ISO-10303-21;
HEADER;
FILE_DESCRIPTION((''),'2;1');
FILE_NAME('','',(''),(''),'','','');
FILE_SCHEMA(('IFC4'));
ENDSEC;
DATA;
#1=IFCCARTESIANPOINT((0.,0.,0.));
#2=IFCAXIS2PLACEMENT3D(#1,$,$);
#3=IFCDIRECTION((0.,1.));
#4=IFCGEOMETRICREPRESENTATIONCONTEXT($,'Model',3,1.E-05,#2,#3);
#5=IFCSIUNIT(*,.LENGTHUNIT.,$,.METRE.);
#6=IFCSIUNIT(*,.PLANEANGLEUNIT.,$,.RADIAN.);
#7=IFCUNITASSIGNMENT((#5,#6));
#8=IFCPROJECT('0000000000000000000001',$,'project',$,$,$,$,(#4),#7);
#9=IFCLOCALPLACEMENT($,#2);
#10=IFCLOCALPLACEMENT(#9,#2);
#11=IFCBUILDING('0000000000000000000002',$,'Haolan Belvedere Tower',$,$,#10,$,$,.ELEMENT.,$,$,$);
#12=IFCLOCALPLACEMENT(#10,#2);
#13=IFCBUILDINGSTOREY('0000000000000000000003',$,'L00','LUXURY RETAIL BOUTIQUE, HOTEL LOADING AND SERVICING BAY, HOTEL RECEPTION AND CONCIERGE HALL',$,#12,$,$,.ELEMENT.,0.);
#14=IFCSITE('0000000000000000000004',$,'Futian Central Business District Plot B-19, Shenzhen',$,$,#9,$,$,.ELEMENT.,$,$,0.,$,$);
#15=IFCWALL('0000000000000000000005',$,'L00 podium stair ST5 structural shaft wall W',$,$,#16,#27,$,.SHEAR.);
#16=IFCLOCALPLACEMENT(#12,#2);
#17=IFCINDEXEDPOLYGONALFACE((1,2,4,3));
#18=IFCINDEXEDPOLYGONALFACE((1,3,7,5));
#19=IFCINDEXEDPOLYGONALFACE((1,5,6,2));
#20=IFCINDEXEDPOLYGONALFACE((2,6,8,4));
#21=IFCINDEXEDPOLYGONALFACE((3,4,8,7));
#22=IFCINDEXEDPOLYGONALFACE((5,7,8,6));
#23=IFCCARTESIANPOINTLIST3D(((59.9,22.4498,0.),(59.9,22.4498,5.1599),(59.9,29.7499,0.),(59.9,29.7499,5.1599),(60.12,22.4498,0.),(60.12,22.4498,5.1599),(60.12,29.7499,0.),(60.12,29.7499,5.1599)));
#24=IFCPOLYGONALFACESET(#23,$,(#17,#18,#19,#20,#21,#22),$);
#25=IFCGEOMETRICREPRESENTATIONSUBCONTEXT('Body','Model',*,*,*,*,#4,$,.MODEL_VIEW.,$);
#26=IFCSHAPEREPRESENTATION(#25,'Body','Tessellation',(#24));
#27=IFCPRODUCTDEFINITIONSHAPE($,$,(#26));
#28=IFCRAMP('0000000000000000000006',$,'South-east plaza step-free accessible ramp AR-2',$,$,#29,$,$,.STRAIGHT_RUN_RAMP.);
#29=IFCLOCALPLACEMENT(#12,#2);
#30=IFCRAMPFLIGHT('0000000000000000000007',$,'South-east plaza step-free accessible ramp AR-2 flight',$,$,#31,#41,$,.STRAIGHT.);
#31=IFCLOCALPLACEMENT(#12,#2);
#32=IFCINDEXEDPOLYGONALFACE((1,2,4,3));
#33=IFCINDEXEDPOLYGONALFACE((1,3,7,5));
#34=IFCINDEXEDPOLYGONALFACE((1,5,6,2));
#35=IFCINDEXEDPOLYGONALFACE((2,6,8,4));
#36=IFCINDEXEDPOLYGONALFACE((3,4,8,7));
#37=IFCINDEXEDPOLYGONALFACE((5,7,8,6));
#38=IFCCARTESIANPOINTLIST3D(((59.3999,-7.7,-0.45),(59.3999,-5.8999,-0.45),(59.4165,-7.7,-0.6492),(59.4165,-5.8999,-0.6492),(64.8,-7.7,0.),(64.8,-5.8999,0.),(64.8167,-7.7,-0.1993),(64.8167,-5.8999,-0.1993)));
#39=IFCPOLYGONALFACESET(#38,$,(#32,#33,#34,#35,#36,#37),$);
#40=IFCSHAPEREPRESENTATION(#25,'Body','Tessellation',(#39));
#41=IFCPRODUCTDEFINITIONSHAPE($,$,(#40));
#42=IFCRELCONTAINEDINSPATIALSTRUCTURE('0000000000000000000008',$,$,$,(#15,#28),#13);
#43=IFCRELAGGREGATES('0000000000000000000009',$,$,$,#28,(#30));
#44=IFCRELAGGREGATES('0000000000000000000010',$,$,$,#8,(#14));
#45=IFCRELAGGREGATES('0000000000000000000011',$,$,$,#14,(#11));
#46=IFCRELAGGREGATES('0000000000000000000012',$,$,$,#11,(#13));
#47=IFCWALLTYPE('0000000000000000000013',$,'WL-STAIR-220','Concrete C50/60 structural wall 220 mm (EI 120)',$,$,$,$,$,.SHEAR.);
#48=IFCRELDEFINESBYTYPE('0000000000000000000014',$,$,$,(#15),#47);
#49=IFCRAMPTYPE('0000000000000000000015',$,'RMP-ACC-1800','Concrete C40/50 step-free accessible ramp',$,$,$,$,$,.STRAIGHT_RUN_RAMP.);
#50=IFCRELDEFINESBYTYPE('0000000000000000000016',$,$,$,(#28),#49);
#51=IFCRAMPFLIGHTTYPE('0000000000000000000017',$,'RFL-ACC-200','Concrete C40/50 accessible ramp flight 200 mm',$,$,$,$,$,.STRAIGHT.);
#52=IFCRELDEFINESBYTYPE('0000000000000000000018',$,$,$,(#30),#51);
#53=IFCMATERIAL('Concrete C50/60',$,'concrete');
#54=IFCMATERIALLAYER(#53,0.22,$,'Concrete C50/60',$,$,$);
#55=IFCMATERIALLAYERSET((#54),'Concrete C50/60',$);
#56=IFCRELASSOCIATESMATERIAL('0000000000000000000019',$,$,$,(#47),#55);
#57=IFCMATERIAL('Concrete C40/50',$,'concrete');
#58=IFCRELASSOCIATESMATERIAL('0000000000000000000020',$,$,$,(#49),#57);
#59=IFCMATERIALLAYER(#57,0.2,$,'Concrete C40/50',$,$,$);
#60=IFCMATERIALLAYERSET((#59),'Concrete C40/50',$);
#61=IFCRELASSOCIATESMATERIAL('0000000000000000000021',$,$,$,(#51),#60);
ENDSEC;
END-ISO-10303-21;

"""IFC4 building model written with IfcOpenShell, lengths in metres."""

from ifc_helpers import new_model, si_unit, direction, frame, frame_2d, origin, place, context, subcontext, project, spatial, polyline, rectangle, outline, extrude, material, layer, layer_set, type_object, element, aggregate, save


model = new_model("IFC4")

# Units and contexts
model_context = context("Model", 3, precision=1e-05, world=origin(), true_north=direction((0.0, 1.0)))
body_context = subcontext(model_context, "Body", "Model", "MODEL_VIEW")
ifc_project = project(units=[si_unit("LENGTHUNIT", "METRE"), si_unit("PLANEANGLEUNIT", "RADIAN")], contexts=[model_context])

# Site, building, storey
site_placement = place(None, origin())
site = spatial("IfcSite", under=ifc_project, at=site_placement, Name="Futian Central Business District Plot B-19, Shenzhen", CompositionType="ELEMENT", RefElevation=0.0)
building_placement = place(site_placement, origin())
building = spatial("IfcBuilding", under=site, at=building_placement, Name="Haolan Belvedere Tower", CompositionType="ELEMENT")
storey_placement = place(building_placement, origin())
storey = spatial("IfcBuildingStorey", under=building, at=storey_placement, Name="L00", Description="LUXURY RETAIL BOUTIQUE, HOTEL LOADING AND SERVICING BAY, HOTEL RECEPTION AND CONCIERGE HALL", CompositionType="ELEMENT", Elevation=0.0)

# Shared definitions
ifc_material_1 = material(Name="Concrete C40/50", Category="concrete")

# Wall
ifc_material_2 = material(Name="Concrete C50/60", Category="concrete")
ifc_layer_1 = layer(ifc_material_2, 0.22, Name="Concrete C50/60")
ifc_layer_set_1 = layer_set([ifc_layer_1], Name="Concrete C50/60")
wall_type_1 = type_object("IfcWallType", Name="WL-STAIR-220", Description="Concrete C50/60 structural wall 220 mm (EI 120)", PredefinedType="SHEAR", material=ifc_layer_set_1)
wall_1_placement = place(storey_placement, frame((60.01, 22.45, 0.0), z_axis=(0.0, 0.0, 1.0), x_axis=(0.0, 1.0, 0.0)))
element("IfcWall", 1, at=wall_1_placement, inside=storey, type_object=wall_type_1, Name="L00 podium stair ST5 structural shaft wall W", PredefinedType="SHEAR", context=body_context, shape_type="SweptSolid", body=[
    extrude(rectangle(XDim=7.3, YDim=0.22, at=frame_2d((3.6499, 0.0))), origin(), (0.0, 0.0, 1.0), 5.1599),
])

# Ramp, ramp flight
ramp_type = type_object("IfcRampType", Name="RMP-ACC-1800", Description="Concrete C40/50 step-free accessible ramp", PredefinedType="STRAIGHT_RUN_RAMP", material=ifc_material_1)
ramp_placement = place(storey_placement, origin())
ramp = element("IfcRamp", 2, at=ramp_placement, inside=storey, type_object=ramp_type, Name="South-east plaza step-free accessible ramp AR-2", PredefinedType="STRAIGHT_RUN_RAMP")
ifc_layer_2 = layer(ifc_material_1, 0.2, Name="Concrete C40/50")
ifc_layer_set_2 = layer_set([ifc_layer_2], Name="Concrete C40/50")
ramp_flight_type = type_object("IfcRampFlightType", Name="RFL-ACC-200", Description="Concrete C40/50 accessible ramp flight 200 mm", PredefinedType="STRAIGHT", material=ifc_layer_set_2)
ramp_flight_placement = place(storey_placement, frame((59.3999, -7.7, -0.45), z_axis=(-0.083034, 0.0, 0.996547), x_axis=(0.996547, 0.0, 0.083034)))
ramp_flight = element("IfcRampFlight", 3, at=ramp_flight_placement, type_object=ramp_flight_type, Name="South-east plaza step-free accessible ramp AR-2 flight", PredefinedType="STRAIGHT", context=body_context, shape_type="SweptSolid", body=[
    extrude(outline(polyline([(0.0, 0.0), (5.4189, 0.0), (5.4189, 1.8), (0.0, 1.8), (0.0, 0.0)])), origin(), (0.0, 0.0, -1.0), 0.2),
])
aggregate(ramp, [ramp_flight])

save(model, "model.ifc")
